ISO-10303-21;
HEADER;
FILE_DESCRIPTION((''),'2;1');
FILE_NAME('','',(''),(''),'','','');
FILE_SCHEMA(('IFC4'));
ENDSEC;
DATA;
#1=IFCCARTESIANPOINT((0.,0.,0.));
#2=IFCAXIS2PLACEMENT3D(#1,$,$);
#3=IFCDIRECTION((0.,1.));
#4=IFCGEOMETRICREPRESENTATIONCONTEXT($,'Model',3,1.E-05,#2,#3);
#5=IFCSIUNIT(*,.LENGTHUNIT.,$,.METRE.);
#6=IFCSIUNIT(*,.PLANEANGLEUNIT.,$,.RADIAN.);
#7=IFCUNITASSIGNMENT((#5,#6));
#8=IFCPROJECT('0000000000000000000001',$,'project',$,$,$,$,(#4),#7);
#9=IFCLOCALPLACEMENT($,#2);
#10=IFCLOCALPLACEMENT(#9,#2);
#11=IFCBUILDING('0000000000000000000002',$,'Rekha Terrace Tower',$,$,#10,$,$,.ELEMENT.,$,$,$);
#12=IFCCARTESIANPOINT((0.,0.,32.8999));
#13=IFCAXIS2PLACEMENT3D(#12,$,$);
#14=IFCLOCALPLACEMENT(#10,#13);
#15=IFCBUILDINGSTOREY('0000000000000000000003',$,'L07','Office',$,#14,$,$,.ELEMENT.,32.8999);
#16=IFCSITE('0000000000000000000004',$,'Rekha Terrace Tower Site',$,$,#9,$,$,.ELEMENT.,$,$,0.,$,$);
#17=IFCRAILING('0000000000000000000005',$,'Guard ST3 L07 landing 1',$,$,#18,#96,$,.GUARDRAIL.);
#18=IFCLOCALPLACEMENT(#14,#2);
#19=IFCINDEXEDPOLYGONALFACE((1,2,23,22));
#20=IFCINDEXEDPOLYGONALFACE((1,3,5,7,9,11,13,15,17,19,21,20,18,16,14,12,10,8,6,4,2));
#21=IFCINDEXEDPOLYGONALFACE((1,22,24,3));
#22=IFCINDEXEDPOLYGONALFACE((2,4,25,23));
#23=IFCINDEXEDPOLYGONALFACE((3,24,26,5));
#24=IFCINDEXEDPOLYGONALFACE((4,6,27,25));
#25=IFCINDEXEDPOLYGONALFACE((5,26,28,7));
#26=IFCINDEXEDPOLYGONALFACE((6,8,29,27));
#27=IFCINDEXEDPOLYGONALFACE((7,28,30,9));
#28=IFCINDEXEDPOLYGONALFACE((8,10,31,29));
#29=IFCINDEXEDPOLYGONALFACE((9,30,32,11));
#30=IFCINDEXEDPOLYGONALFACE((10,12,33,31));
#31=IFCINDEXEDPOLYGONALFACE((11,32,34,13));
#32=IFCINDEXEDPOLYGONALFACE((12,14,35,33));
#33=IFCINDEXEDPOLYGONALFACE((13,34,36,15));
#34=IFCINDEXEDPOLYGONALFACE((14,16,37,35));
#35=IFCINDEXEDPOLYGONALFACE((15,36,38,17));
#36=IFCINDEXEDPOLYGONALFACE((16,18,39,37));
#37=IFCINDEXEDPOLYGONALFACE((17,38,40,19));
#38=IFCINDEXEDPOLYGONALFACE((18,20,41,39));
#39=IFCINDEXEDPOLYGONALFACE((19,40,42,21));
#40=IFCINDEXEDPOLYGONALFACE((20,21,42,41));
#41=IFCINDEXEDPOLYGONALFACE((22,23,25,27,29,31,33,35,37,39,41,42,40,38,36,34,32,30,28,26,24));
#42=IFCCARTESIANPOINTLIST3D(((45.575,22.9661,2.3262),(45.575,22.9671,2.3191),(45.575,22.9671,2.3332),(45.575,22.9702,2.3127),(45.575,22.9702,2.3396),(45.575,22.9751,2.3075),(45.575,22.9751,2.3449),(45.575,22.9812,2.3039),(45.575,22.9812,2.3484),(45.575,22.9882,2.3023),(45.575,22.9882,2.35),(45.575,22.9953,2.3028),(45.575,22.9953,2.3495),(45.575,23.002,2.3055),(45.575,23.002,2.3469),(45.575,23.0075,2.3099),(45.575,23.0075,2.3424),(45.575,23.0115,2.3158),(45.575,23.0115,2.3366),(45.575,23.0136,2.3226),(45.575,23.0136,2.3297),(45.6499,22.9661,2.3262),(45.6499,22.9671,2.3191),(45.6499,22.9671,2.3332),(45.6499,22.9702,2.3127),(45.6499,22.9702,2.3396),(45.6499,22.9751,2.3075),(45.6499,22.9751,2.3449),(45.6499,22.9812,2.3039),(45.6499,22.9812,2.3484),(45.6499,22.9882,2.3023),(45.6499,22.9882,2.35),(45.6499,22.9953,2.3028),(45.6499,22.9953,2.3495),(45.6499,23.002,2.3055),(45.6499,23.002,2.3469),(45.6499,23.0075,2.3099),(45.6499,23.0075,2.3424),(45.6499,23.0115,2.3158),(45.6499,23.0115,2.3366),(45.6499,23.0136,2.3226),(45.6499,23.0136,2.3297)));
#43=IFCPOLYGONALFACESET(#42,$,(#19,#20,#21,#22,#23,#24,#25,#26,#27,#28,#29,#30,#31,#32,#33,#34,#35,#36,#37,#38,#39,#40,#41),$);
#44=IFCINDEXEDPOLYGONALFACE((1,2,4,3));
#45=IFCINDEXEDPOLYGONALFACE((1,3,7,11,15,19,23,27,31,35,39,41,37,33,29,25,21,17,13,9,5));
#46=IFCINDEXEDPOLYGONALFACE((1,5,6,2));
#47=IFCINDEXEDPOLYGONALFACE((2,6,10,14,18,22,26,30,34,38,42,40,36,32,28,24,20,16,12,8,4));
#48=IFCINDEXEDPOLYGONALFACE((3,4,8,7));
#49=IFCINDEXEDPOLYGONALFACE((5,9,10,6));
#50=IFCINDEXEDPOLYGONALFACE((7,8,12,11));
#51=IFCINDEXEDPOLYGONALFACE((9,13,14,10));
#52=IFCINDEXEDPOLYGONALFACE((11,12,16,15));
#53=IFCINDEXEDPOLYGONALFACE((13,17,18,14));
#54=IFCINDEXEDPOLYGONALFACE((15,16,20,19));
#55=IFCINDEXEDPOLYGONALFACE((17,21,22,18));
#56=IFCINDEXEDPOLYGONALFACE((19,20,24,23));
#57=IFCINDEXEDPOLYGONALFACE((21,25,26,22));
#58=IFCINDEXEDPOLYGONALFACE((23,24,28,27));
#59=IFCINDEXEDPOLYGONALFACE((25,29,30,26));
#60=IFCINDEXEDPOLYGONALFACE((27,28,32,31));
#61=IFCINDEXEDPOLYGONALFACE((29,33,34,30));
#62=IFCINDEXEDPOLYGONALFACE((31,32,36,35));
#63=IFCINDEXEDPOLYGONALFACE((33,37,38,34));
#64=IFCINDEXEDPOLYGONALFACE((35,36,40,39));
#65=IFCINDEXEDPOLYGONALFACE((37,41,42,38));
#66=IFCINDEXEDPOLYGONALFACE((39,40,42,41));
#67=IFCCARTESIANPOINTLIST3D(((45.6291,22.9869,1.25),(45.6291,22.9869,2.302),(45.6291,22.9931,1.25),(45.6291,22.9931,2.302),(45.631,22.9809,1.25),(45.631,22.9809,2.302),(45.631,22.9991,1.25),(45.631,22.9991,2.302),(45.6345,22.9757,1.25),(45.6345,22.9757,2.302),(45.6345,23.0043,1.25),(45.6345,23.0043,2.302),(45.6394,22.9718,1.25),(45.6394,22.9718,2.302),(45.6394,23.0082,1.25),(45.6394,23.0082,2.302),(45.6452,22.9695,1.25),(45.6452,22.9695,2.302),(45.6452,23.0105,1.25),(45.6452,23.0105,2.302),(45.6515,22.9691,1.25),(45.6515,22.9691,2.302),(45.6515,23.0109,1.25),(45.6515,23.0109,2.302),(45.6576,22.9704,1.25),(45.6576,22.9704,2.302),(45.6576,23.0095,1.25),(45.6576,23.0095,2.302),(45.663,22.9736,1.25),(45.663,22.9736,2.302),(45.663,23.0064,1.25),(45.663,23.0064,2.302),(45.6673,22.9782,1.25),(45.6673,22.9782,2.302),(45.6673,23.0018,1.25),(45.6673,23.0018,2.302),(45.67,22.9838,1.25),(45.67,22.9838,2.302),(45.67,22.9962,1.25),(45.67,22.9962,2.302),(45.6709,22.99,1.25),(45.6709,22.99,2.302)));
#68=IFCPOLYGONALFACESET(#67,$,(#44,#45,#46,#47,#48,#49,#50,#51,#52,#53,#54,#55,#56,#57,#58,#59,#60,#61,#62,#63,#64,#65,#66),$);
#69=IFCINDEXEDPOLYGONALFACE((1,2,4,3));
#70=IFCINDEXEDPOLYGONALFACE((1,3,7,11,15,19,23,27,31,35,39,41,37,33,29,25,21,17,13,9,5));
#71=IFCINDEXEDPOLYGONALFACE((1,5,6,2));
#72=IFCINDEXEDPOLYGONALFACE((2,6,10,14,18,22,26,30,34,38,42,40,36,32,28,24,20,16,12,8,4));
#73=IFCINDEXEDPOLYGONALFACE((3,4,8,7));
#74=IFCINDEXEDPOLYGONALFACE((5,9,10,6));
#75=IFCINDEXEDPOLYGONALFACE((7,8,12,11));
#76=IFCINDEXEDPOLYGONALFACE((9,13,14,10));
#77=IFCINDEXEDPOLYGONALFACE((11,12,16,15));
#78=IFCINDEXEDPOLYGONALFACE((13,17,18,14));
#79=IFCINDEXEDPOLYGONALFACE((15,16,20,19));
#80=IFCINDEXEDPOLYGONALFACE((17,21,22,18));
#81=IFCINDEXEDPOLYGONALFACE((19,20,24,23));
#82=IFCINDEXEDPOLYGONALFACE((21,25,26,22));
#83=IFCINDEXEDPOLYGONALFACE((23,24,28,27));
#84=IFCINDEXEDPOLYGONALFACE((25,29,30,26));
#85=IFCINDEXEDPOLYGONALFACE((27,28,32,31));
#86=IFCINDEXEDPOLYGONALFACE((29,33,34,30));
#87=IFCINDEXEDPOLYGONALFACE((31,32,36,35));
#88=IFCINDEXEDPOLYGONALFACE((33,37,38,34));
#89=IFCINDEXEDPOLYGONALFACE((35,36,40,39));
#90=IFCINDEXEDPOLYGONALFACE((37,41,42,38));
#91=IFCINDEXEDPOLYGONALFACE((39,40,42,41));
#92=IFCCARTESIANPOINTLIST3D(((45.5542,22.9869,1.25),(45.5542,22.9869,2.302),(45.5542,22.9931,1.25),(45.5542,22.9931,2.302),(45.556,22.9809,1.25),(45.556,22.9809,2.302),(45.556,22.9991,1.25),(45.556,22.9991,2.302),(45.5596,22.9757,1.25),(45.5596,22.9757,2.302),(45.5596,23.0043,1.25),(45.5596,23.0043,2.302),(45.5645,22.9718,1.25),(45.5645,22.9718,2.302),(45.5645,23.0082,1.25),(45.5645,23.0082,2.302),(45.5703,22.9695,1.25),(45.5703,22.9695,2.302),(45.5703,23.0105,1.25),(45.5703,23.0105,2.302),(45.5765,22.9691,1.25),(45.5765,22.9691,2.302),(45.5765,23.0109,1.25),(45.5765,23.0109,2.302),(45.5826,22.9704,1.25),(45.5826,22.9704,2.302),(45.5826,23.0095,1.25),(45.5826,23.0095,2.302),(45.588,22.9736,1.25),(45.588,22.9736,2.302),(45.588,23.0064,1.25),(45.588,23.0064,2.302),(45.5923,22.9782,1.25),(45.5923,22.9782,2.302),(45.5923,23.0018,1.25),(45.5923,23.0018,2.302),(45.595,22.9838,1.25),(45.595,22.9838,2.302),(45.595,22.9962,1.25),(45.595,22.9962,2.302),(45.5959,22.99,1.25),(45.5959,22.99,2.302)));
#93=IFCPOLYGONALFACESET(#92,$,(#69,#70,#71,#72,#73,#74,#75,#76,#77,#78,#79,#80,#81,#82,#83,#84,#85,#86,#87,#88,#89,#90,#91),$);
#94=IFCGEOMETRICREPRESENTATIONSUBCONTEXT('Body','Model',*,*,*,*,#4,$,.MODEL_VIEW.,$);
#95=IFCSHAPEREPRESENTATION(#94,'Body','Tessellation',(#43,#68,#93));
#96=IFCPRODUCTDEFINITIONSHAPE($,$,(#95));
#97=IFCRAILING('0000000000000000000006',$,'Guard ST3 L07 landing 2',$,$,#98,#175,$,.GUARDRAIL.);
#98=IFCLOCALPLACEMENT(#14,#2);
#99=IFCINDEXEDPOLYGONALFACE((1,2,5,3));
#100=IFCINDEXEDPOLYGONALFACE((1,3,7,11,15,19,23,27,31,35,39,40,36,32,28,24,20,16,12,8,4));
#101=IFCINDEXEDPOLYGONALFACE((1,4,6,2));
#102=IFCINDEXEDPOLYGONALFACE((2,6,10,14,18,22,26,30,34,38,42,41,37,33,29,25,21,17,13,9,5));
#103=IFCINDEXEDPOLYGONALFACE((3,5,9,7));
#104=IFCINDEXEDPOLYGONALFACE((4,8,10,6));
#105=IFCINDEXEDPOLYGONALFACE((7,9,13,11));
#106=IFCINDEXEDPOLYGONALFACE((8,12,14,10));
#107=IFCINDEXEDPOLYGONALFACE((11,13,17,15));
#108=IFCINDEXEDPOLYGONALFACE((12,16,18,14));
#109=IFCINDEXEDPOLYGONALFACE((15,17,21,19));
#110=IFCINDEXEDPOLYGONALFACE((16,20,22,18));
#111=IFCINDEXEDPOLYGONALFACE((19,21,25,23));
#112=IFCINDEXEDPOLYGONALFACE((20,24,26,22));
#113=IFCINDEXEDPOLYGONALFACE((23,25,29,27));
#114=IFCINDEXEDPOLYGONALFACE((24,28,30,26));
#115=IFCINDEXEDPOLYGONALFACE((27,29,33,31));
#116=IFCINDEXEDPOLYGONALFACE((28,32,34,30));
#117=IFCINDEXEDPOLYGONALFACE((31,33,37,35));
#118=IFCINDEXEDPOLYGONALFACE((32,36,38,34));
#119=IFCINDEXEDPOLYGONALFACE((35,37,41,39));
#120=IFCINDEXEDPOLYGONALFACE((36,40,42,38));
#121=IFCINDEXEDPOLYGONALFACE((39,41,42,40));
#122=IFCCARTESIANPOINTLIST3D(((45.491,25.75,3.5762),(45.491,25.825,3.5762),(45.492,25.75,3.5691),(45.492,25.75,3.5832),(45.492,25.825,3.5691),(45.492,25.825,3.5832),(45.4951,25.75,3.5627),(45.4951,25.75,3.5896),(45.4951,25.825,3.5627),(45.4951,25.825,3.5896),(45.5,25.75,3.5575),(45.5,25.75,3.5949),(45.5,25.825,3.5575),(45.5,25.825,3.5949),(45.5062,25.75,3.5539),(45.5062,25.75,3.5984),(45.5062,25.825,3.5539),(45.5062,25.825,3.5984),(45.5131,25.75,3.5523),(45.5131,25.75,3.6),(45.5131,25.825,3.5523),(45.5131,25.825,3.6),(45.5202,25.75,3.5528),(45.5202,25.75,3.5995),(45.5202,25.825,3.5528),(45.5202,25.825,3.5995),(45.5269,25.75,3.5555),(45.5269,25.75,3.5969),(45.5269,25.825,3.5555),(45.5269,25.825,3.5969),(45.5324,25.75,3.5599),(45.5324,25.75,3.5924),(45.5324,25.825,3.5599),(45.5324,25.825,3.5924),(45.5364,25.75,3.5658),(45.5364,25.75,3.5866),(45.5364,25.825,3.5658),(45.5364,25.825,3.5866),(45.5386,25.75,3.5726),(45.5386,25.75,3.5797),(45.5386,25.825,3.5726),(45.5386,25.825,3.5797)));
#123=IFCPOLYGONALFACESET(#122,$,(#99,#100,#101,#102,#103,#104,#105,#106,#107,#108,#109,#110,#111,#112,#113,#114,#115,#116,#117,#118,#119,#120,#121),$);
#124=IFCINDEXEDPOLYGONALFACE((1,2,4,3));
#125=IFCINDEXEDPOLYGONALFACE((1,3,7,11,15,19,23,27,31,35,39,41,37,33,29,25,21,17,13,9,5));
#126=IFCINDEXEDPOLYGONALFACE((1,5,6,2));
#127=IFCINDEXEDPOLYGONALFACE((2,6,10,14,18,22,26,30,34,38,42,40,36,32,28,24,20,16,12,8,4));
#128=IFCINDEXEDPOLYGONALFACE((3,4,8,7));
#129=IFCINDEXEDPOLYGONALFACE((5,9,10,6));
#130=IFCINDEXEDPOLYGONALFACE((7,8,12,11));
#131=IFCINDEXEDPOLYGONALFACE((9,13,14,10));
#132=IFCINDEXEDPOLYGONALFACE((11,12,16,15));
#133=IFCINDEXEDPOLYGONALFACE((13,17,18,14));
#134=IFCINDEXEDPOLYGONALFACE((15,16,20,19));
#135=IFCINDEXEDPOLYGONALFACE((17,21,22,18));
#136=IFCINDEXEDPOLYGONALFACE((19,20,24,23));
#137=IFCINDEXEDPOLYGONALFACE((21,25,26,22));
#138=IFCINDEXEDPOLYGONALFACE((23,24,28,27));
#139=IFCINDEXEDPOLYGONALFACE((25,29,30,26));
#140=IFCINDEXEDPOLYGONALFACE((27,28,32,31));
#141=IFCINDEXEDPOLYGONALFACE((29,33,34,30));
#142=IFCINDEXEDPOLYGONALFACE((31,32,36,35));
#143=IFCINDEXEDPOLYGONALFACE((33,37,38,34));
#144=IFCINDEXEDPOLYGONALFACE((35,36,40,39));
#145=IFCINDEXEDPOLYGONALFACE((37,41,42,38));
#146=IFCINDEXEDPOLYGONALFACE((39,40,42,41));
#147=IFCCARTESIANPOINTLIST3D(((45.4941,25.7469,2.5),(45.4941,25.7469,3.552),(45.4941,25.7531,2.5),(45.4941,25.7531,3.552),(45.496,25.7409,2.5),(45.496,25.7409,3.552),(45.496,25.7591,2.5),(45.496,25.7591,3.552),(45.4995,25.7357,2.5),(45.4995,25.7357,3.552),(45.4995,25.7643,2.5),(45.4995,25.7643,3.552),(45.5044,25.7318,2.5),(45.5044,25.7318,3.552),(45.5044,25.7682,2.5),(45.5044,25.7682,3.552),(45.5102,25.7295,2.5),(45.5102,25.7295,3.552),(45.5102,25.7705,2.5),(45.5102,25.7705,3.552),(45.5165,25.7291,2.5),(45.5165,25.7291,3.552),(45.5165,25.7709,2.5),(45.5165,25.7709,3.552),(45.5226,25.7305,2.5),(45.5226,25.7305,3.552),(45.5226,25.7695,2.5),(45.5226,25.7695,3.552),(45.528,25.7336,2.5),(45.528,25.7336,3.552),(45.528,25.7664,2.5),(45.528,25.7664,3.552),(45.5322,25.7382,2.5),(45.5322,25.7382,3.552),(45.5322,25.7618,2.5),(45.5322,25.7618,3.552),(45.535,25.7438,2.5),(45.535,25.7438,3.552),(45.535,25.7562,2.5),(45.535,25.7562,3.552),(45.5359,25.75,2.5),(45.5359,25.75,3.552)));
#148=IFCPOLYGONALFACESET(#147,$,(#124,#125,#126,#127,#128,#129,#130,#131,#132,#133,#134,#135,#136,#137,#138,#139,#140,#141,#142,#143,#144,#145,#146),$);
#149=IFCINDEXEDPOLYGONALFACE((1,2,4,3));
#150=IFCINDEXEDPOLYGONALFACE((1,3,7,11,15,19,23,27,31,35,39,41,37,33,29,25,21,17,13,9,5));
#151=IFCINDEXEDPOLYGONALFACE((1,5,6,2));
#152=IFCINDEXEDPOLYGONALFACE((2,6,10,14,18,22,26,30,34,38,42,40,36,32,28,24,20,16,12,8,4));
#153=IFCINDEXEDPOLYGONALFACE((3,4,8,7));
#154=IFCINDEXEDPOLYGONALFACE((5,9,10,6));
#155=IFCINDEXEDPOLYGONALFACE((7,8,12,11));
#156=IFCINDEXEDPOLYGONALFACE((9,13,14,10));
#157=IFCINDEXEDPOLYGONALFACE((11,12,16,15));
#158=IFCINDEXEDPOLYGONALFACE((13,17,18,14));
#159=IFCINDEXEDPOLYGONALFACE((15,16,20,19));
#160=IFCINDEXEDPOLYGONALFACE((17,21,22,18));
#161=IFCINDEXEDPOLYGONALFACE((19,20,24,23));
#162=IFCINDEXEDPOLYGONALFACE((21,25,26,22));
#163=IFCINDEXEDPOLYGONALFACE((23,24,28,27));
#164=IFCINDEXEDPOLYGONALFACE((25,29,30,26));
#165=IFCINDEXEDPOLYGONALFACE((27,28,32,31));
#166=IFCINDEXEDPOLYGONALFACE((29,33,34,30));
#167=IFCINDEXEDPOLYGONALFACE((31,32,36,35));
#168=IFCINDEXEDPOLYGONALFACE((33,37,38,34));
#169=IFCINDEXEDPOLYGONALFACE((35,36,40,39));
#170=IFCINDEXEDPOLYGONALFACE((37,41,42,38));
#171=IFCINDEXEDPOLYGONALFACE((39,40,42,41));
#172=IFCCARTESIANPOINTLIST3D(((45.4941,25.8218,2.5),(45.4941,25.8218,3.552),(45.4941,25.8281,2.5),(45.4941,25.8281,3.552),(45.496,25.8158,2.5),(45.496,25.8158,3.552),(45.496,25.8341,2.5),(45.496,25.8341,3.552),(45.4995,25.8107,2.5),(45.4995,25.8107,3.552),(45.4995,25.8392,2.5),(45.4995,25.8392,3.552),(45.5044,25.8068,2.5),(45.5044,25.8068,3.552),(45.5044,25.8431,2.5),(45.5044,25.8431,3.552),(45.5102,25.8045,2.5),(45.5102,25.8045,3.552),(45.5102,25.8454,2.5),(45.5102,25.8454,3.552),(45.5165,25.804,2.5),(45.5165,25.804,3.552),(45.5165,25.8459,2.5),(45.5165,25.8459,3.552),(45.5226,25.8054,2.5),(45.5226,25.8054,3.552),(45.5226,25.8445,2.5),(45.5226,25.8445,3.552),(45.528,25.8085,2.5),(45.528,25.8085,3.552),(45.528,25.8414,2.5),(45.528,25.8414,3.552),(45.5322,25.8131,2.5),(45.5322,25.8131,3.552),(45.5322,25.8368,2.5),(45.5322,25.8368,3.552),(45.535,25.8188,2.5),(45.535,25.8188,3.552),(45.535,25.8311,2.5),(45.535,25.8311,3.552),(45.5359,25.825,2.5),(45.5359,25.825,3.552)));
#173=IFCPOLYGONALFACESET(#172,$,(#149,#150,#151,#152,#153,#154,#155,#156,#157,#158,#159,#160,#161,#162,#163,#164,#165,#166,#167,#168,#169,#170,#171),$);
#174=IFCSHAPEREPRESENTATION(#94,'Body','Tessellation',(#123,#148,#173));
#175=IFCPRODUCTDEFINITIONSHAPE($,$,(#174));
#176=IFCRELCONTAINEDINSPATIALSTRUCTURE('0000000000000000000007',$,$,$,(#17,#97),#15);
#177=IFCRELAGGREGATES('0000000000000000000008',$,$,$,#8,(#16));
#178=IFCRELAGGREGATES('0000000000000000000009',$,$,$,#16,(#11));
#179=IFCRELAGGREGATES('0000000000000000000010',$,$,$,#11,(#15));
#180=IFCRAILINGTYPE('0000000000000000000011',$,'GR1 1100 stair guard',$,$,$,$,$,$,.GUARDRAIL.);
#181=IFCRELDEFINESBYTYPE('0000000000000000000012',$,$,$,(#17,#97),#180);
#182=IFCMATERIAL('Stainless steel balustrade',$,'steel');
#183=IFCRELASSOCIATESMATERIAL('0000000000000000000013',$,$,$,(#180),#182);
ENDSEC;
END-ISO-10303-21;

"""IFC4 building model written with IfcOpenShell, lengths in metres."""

from ifc_helpers import new_model, si_unit, direction, frame, origin, origin_2d, place, context, subcontext, project, spatial, circle, extrude, material, type_object, element, save


model = new_model("IFC4")

# Units and contexts
model_context = context("Model", 3, precision=1e-05, world=origin(), true_north=direction((0.0, 1.0)))
body_context = subcontext(model_context, "Body", "Model", "MODEL_VIEW")
ifc_project = project(units=[si_unit("LENGTHUNIT", "METRE"), si_unit("PLANEANGLEUNIT", "RADIAN")], contexts=[model_context])

# Site, building, storey
site_placement = place(None, origin())
site = spatial("IfcSite", under=ifc_project, at=site_placement, Name="Rekha Terrace Tower Site", CompositionType="ELEMENT", RefElevation=0.0)
building_placement = place(site_placement, origin())
building = spatial("IfcBuilding", under=site, at=building_placement, Name="Rekha Terrace Tower", CompositionType="ELEMENT")
storey_placement = place(building_placement, frame((0.0, 0.0, 32.8999)))
storey = spatial("IfcBuildingStorey", under=building, at=storey_placement, Name="L07", Description="Office", CompositionType="ELEMENT", Elevation=32.8999)

# Railings
ifc_material_1 = material(Name="Stainless steel balustrade", Category="steel")
railing_type_1 = type_object("IfcRailingType", Name="GR1 1100 stair guard", PredefinedType="GUARDRAIL", material=ifc_material_1)
railing_1_placement = place(storey_placement, frame((45.6499, 22.99, 1.25)))
element("IfcRailing", 1, at=railing_1_placement, inside=storey, type_object=railing_type_1, Name="Guard ST3 L07 landing 1", PredefinedType="GUARDRAIL", context=body_context, shape_type="SweptSolid", body=[
    extrude(circle(Radius=0.0239, at=origin_2d()), frame((0.0, 0.0, 1.0762), z_axis=(-1.0, 0.0, 0.0), x_axis=(0.0, -1.0, 0.0)), (0.0, 0.0, 1.0), 0.075),
    extrude(circle(Radius=0.021, at=origin_2d()), origin(), (0.0, 0.0, 1.0), 1.052),
    extrude(circle(Radius=0.021, at=origin_2d()), frame((-0.075, 0.0, 0.0)), (0.0, 0.0, 1.0), 1.052),
])
railing_2_placement = place(storey_placement, frame((45.5149, 25.75, 2.5)))
element("IfcRailing", 2, at=railing_2_placement, inside=storey, type_object=railing_type_1, Name="Guard ST3 L07 landing 2", PredefinedType="GUARDRAIL", context=body_context, shape_type="SweptSolid", body=[
    extrude(circle(Radius=0.0239, at=origin_2d()), frame((0.0, 0.0, 1.0762), z_axis=(0.0, 1.0, 0.0), x_axis=(-1.0, 0.0, 0.0)), (0.0, 0.0, 1.0), 0.075),
    extrude(circle(Radius=0.021, at=origin_2d()), origin(), (0.0, 0.0, 1.0), 1.052),
    extrude(circle(Radius=0.021, at=origin_2d()), frame((0.0, 0.075, 0.0)), (0.0, 0.0, 1.0), 1.052),
])

save(model, "model.ifc")
